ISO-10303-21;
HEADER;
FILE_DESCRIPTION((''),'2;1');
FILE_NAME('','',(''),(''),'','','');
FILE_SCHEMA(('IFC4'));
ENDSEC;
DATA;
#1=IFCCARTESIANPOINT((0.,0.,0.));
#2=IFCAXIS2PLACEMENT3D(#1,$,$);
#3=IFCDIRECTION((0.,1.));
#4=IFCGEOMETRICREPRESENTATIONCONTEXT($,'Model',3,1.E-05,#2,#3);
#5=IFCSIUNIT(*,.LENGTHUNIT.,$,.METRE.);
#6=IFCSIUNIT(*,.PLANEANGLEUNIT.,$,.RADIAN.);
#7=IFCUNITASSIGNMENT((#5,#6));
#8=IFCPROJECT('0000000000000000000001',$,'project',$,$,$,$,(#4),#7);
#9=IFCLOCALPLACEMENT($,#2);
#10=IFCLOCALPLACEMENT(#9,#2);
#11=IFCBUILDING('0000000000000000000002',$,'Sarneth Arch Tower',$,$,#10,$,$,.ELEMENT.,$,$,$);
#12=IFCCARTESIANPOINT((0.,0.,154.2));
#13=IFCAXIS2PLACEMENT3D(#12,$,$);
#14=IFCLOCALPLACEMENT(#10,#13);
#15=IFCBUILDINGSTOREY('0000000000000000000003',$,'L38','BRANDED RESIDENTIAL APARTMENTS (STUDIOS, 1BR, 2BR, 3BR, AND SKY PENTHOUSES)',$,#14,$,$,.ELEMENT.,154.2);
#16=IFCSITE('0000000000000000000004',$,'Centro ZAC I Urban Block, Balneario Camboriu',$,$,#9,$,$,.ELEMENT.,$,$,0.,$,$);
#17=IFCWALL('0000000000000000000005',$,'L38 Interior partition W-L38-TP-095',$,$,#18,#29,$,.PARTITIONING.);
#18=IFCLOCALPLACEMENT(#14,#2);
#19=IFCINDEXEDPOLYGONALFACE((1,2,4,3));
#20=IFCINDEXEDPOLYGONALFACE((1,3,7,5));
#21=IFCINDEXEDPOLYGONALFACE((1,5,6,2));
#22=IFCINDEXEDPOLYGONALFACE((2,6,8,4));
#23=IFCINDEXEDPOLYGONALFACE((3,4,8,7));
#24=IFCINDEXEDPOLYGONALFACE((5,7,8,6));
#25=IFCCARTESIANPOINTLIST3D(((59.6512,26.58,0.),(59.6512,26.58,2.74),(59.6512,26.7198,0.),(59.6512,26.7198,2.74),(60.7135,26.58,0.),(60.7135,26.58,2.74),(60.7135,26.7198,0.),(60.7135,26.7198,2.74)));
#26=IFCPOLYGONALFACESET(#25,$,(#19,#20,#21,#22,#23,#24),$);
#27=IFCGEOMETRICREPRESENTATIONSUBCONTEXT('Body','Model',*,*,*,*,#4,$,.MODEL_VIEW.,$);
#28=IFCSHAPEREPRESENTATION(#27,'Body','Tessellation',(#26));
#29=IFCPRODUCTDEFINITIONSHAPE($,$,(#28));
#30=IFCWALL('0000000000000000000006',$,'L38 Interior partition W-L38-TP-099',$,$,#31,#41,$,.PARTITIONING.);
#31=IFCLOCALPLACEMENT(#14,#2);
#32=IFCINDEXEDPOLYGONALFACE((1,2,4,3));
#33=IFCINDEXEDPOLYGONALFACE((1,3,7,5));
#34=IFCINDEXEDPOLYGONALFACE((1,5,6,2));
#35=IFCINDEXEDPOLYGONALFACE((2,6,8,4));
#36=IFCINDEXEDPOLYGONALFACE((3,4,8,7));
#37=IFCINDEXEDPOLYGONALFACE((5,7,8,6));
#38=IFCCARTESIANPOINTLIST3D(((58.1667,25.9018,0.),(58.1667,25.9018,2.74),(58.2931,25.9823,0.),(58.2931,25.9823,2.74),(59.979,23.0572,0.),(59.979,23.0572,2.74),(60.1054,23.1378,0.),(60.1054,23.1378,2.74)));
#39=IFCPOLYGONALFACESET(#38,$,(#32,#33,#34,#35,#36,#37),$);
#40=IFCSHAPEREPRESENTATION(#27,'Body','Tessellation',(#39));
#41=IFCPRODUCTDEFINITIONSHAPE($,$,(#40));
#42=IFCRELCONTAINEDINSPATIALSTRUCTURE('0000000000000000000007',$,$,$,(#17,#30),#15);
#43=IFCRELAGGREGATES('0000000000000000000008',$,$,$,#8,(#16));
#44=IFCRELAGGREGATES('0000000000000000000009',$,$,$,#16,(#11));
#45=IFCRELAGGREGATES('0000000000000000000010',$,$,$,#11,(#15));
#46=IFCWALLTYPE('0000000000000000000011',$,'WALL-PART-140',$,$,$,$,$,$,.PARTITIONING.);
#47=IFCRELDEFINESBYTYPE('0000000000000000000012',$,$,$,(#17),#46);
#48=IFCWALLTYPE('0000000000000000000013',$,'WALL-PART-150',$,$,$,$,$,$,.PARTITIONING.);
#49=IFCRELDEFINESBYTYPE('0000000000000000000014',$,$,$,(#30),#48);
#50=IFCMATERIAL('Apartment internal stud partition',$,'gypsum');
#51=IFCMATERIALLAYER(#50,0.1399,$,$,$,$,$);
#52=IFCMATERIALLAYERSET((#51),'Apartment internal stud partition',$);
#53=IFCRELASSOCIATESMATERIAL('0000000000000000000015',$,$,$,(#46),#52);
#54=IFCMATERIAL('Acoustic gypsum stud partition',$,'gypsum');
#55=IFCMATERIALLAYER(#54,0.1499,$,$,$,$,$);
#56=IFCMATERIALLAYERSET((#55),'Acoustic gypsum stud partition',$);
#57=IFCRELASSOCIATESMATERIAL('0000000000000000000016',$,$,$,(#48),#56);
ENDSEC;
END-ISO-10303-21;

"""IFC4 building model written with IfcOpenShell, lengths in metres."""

from ifc_helpers import new_model, si_unit, direction, frame, frame_2d, origin, place, context, subcontext, project, spatial, rectangle, extrude, material, layer, layer_set, type_object, element, save


model = new_model("IFC4")

# Units and contexts
model_context = context("Model", 3, precision=1e-05, world=origin(), true_north=direction((0.0, 1.0)))
body_context = subcontext(model_context, "Body", "Model", "MODEL_VIEW")
ifc_project = project(units=[si_unit("LENGTHUNIT", "METRE"), si_unit("PLANEANGLEUNIT", "RADIAN")], contexts=[model_context])

# Site, building, storey
site_placement = place(None, origin())
site = spatial("IfcSite", under=ifc_project, at=site_placement, Name="Centro ZAC I Urban Block, Balneario Camboriu", CompositionType="ELEMENT", RefElevation=0.0)
building_placement = place(site_placement, origin())
building = spatial("IfcBuilding", under=site, at=building_placement, Name="Sarneth Arch Tower", CompositionType="ELEMENT")
storey_placement = place(building_placement, frame((0.0, 0.0, 154.2)))
storey = spatial("IfcBuildingStorey", under=building, at=storey_placement, Name="L38", Description="BRANDED RESIDENTIAL APARTMENTS (STUDIOS, 1BR, 2BR, 3BR, AND SKY PENTHOUSES)", CompositionType="ELEMENT", Elevation=154.2)

# Shared definitions
ifc_material_1 = material(Name="Apartment internal stud partition", Category="gypsum")
ifc_layer_1 = layer(ifc_material_1, 0.1399)
ifc_layer_set_1 = layer_set([ifc_layer_1], Name="Apartment internal stud partition")
wall_type_1 = type_object("IfcWallType", Name="WALL-PART-140", PredefinedType="PARTITIONING", material=ifc_layer_set_1)

# Walls
wall_1_placement = place(storey_placement, frame((59.6511, 26.6499, 0.0), z_axis=(0.0, 0.0, 1.0), x_axis=(1.0, 0.0, 0.0)))
element("IfcWall", 1, at=wall_1_placement, inside=storey, type_object=wall_type_1, Name="L38 Interior partition W-L38-TP-095", PredefinedType="PARTITIONING", context=body_context, shape_type="SweptSolid", body=[
    extrude(rectangle(XDim=1.0623, YDim=0.1399, at=frame_2d((0.5312, 0.0))), origin(), (0.0, 0.0, 1.0), 2.74),
])
ifc_material_2 = material(Name="Acoustic gypsum stud partition", Category="gypsum")
ifc_layer_2 = layer(ifc_material_2, 0.1499)
ifc_layer_set_2 = layer_set([ifc_layer_2], Name="Acoustic gypsum stud partition")
wall_type_2 = type_object("IfcWallType", Name="WALL-PART-150", PredefinedType="PARTITIONING", material=ifc_layer_set_2)
wall_2_placement = place(storey_placement, frame((60.0422, 23.0974, 0.0), z_axis=(0.0, 0.0, 1.0), x_axis=(-0.537325, 0.843375, 0.0)))
element("IfcWall", 2, at=wall_2_placement, inside=storey, type_object=wall_type_2, Name="L38 Interior partition W-L38-TP-099", PredefinedType="PARTITIONING", context=body_context, shape_type="SweptSolid", body=[
    extrude(rectangle(XDim=3.3728, YDim=0.1499, at=frame_2d((1.6865, 0.0))), origin(), (0.0, 0.0, 1.0), 2.74),
])

save(model, "model.ifc")
